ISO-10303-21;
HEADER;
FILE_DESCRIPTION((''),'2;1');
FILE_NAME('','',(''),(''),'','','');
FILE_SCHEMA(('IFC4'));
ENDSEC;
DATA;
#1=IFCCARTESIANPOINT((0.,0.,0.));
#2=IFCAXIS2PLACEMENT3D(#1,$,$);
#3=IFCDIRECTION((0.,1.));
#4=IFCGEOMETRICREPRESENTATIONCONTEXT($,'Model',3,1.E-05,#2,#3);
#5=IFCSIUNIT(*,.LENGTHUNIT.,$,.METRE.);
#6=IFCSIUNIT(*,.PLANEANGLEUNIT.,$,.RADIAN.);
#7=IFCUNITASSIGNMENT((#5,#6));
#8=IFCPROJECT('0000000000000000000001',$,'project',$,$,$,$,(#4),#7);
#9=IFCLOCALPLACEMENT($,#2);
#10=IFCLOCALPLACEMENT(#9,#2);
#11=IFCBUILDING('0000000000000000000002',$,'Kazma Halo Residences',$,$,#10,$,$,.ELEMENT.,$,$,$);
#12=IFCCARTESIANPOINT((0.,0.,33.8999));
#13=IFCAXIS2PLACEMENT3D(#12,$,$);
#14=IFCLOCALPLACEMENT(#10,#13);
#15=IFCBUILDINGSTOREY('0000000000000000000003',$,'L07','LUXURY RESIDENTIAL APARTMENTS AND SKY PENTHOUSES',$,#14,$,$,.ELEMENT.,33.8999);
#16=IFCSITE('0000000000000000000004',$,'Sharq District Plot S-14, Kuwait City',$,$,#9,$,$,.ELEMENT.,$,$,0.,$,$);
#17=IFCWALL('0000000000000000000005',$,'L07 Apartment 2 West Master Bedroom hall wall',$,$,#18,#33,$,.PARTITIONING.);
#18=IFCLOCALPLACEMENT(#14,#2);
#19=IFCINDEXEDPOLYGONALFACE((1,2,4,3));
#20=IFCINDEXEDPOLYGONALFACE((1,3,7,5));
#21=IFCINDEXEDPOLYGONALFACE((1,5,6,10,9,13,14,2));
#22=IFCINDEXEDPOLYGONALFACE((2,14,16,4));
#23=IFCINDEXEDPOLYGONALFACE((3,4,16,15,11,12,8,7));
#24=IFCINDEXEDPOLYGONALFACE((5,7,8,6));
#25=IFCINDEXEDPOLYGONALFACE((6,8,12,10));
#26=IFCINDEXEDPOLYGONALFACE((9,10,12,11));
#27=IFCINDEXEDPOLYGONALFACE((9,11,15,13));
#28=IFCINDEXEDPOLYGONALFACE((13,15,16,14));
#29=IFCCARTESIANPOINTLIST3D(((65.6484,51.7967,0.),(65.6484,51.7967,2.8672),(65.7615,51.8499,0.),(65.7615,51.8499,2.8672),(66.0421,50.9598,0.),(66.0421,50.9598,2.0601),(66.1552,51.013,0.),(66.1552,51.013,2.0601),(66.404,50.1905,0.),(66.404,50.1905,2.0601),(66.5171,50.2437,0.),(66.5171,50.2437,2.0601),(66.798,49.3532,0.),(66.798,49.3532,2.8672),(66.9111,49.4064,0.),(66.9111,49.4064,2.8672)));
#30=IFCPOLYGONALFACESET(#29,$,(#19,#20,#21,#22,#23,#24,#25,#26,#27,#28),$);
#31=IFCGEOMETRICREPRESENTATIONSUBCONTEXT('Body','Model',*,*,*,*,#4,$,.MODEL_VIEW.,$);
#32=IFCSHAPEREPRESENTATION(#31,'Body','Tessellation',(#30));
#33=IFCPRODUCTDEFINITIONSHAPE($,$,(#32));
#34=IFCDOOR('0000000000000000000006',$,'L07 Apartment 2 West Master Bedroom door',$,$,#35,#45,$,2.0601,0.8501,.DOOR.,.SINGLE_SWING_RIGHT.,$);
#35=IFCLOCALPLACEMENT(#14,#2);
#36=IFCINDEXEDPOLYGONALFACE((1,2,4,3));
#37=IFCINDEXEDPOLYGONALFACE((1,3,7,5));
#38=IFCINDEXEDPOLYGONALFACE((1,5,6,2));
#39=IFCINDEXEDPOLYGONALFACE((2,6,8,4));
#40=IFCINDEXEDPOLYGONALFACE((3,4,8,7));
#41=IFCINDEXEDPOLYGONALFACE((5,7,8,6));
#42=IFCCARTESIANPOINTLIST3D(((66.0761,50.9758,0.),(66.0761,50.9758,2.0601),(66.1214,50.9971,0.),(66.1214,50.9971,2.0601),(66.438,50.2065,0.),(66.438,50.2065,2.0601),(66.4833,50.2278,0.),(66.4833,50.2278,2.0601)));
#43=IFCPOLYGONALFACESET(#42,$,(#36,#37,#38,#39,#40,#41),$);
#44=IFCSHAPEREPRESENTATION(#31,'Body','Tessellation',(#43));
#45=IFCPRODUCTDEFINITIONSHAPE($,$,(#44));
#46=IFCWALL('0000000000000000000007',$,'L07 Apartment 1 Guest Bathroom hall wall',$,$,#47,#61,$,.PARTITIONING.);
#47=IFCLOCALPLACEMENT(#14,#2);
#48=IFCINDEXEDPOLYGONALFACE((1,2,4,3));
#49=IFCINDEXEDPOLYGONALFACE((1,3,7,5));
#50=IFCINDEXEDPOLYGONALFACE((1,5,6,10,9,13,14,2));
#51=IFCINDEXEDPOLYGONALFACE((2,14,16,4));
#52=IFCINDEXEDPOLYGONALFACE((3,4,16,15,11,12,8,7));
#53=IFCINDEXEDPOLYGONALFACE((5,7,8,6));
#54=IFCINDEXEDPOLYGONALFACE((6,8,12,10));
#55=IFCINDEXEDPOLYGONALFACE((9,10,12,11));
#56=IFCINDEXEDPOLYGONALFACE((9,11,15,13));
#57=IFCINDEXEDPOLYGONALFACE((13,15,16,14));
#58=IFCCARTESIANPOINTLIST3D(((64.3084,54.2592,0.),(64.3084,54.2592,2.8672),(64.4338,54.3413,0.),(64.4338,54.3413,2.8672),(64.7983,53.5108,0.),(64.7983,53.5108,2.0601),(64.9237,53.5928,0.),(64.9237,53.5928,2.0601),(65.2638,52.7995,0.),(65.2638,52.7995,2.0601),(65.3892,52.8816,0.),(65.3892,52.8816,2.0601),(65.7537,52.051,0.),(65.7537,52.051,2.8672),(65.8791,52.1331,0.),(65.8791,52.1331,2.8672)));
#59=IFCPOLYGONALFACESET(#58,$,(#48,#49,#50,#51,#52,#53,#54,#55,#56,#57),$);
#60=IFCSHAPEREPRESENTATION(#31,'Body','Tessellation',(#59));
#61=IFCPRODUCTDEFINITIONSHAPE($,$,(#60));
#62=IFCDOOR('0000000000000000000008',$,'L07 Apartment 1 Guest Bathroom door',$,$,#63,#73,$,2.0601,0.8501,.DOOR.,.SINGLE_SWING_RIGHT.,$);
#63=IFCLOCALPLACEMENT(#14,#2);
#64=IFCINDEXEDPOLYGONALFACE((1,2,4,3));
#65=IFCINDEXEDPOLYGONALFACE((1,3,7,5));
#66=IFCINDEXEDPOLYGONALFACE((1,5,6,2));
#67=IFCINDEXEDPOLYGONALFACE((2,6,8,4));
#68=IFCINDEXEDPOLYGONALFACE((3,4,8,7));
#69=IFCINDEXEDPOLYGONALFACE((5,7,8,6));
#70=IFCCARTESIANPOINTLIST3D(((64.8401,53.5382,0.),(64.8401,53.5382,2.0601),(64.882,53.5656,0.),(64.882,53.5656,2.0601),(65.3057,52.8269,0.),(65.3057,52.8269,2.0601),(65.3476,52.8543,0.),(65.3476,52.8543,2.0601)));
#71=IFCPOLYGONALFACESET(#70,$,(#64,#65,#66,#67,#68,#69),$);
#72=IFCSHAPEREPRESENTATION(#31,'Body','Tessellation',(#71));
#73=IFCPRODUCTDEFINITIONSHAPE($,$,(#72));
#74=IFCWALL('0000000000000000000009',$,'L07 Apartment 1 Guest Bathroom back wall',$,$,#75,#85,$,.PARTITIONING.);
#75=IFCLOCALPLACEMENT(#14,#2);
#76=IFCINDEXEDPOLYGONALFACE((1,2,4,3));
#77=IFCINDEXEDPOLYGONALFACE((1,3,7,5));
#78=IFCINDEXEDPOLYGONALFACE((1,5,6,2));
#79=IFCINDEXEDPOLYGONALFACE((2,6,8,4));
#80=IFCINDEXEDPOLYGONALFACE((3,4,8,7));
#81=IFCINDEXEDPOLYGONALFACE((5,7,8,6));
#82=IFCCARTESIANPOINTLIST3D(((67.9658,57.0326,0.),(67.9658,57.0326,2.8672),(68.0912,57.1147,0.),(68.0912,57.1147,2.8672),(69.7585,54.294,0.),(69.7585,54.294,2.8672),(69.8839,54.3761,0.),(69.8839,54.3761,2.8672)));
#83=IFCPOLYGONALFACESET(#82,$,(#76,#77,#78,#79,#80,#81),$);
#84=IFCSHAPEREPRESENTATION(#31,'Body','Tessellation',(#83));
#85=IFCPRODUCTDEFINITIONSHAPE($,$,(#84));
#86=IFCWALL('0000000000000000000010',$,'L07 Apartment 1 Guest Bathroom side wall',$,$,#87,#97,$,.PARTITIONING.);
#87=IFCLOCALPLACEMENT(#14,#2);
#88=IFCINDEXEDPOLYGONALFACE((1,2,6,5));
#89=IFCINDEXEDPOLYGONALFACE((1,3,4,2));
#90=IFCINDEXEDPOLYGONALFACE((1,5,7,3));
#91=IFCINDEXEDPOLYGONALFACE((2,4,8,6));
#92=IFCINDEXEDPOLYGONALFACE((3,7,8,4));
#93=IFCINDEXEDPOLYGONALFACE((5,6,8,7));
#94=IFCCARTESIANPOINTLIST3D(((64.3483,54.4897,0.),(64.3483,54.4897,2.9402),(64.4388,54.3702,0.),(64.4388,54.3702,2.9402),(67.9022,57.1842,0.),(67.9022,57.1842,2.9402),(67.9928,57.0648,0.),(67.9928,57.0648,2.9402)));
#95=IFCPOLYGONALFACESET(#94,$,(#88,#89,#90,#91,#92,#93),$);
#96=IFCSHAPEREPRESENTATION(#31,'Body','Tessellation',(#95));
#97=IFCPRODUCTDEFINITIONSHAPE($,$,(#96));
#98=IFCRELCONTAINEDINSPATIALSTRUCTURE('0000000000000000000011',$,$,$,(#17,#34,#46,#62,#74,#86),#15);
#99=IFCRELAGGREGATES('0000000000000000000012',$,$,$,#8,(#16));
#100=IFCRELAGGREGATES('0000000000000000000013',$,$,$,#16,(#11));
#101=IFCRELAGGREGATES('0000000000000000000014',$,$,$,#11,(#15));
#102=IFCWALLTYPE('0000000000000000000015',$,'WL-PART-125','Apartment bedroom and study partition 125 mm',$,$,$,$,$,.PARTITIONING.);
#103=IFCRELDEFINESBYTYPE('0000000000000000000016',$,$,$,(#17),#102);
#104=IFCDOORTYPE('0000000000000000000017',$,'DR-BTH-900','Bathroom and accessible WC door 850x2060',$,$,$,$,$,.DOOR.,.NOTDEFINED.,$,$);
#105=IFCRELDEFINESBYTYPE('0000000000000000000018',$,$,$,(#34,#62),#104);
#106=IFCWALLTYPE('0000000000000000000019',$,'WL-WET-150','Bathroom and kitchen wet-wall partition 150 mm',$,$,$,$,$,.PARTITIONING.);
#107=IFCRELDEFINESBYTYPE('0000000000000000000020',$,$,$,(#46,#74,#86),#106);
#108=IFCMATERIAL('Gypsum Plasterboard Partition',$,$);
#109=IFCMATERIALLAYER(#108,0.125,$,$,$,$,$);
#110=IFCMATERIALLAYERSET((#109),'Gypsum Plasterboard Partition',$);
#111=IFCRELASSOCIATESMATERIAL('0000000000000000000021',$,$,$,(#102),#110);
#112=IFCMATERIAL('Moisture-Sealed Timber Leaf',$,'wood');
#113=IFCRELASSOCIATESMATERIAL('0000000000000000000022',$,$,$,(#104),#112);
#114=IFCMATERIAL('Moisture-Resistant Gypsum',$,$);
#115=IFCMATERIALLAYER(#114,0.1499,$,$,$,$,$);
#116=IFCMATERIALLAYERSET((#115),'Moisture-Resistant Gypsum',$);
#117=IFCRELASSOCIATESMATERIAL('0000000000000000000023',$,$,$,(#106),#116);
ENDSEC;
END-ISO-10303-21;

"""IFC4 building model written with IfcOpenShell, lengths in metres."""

from ifc_helpers import new_model, si_unit, direction, frame, frame_2d, origin, place, context, subcontext, project, spatial, rectangle, extrude, material, layer, layer_set, type_object, element, fill, save


model = new_model("IFC4")

# Units and contexts
model_context = context("Model", 3, precision=1e-05, world=origin(), true_north=direction((0.0, 1.0)))
body_context = subcontext(model_context, "Body", "Model", "MODEL_VIEW")
ifc_project = project(units=[si_unit("LENGTHUNIT", "METRE"), si_unit("PLANEANGLEUNIT", "RADIAN")], contexts=[model_context])

# Site, building, storey
site_placement = place(None, origin())
site = spatial("IfcSite", under=ifc_project, at=site_placement, Name="Sharq District Plot S-14, Kuwait City", CompositionType="ELEMENT", RefElevation=0.0)
building_placement = place(site_placement, origin())
building = spatial("IfcBuilding", under=site, at=building_placement, Name="Kazma Halo Residences", CompositionType="ELEMENT")
storey_placement = place(building_placement, frame((0.0, 0.0, 33.8999)))
storey = spatial("IfcBuildingStorey", under=building, at=storey_placement, Name="L07", Description="LUXURY RESIDENTIAL APARTMENTS AND SKY PENTHOUSES", CompositionType="ELEMENT", Elevation=33.8999)

# Shared definitions
ifc_material_1 = material(Name="Gypsum Plasterboard Partition")
ifc_layer_1 = layer(ifc_material_1, 0.125)
ifc_layer_set_1 = layer_set([ifc_layer_1], Name="Gypsum Plasterboard Partition")
wall_type_1 = type_object("IfcWallType", Name="WL-PART-125", Description="Apartment bedroom and study partition 125 mm", PredefinedType="PARTITIONING", material=ifc_layer_set_1)
ifc_material_2 = material(Name="Moisture-Sealed Timber Leaf", Category="wood")
door_type = type_object("IfcDoorType", Name="DR-BTH-900", Description="Bathroom and accessible WC door 850x2060", OperationType="NOTDEFINED", PredefinedType="DOOR", material=ifc_material_2)

# Walls, openings, doors
wall_1_placement = place(storey_placement, frame((66.8545, 49.3799, 0.0), z_axis=(0.0, 0.0, 1.0), x_axis=(-0.425714, 0.904858, 0.0)))
wall_1 = element("IfcWall", 1, at=wall_1_placement, inside=storey, type_object=wall_type_1, Name="L07 Apartment 2 West Master Bedroom hall wall", PredefinedType="PARTITIONING", context=body_context, shape_type="SweptSolid", body=[
    extrude(rectangle(XDim=2.7004, YDim=0.125, at=frame_2d((1.3501, 0.0))), origin(), (0.0, 0.0, 1.0), 2.8672),
])
opening_1_placement = place(wall_1_placement, frame((0.9253, 0.0, 0.0)))
opening_1 = element("IfcOpeningElement", 2, at=opening_1_placement, cuts=wall_1, PredefinedType="OPENING", context=body_context, shape_type="SweptSolid", body=[
    extrude(rectangle(XDim=0.8501, YDim=2.0601, at=frame_2d((0.425, 1.03))), frame((0.0, 0.0725, 0.0), z_axis=(0.0, -1.0, 0.0), x_axis=(1.0, 0.0, 0.0)), (0.0, 0.0, 1.0), 0.145),
])
door_1_placement = place(opening_1_placement, origin())
door_1 = element("IfcDoor", 3, at=door_1_placement, inside=storey, type_object=door_type, Name="L07 Apartment 2 West Master Bedroom door", OperationType="SINGLE_SWING_RIGHT", OverallHeight=2.0601, OverallWidth=0.8501, PredefinedType="DOOR", context=body_context, shape_type="SweptSolid", body=[
    extrude(rectangle(XDim=0.8501, YDim=2.0601, at=frame_2d((0.425, 1.03))), frame((0.0, 0.0249, 0.0), z_axis=(0.0, -1.0, 0.0), x_axis=(1.0, 0.0, 0.0)), (0.0, 0.0, 1.0), 0.05),
])
fill(opening_1, door_1)
ifc_material_3 = material(Name="Moisture-Resistant Gypsum")
ifc_layer_2 = layer(ifc_material_3, 0.1499)
ifc_layer_set_2 = layer_set([ifc_layer_2], Name="Moisture-Resistant Gypsum")
wall_type_2 = type_object("IfcWallType", Name="WL-WET-150", Description="Bathroom and kitchen wet-wall partition 150 mm", PredefinedType="PARTITIONING", material=ifc_layer_set_2)
wall_2_placement = place(storey_placement, frame((65.8164, 52.092, 0.0), z_axis=(0.0, 0.0, 1.0), x_axis=(-0.547636, 0.836717, 0.0)))
wall_2 = element("IfcWall", 4, at=wall_2_placement, inside=storey, type_object=wall_type_2, Name="L07 Apartment 1 Guest Bathroom hall wall", PredefinedType="PARTITIONING", context=body_context, shape_type="SweptSolid", body=[
    extrude(rectangle(XDim=2.6392, YDim=0.1499, at=frame_2d((1.3196, 0.0))), origin(), (0.0, 0.0, 1.0), 2.8672),
])
opening_2_placement = place(wall_2_placement, frame((0.8945, 0.0, 0.0)))
opening_2 = element("IfcOpeningElement", 5, at=opening_2_placement, cuts=wall_2, PredefinedType="OPENING", context=body_context, shape_type="SweptSolid", body=[
    extrude(rectangle(XDim=0.8501, YDim=2.0601, at=frame_2d((0.425, 1.03))), frame((0.0, 0.085, 0.0), z_axis=(0.0, -1.0, 0.0), x_axis=(1.0, 0.0, 0.0)), (0.0, 0.0, 1.0), 0.1699),
])
door_2_placement = place(opening_2_placement, origin())
door_2 = element("IfcDoor", 6, at=door_2_placement, inside=storey, type_object=door_type, Name="L07 Apartment 1 Guest Bathroom door", OperationType="SINGLE_SWING_RIGHT", OverallHeight=2.0601, OverallWidth=0.8501, PredefinedType="DOOR", context=body_context, shape_type="SweptSolid", body=[
    extrude(rectangle(XDim=0.8501, YDim=2.0601, at=frame_2d((0.425, 1.03))), frame((0.0, 0.0249, 0.0), z_axis=(0.0, -1.0, 0.0), x_axis=(1.0, 0.0, 0.0)), (0.0, 0.0, 1.0), 0.05),
])
fill(opening_2, door_2)

# Walls
wall_3_placement = place(storey_placement, frame((69.8213, 54.335, 0.0), z_axis=(0.0, 0.0, 1.0), x_axis=(-0.547709, 0.836669, 0.0)))
element("IfcWall", 7, at=wall_3_placement, inside=storey, type_object=wall_type_2, Name="L07 Apartment 1 Guest Bathroom back wall", PredefinedType="PARTITIONING", context=body_context, shape_type="SweptSolid", body=[
    extrude(rectangle(XDim=3.2732, YDim=0.1499, at=frame_2d((1.6367, 0.0))), origin(), (0.0, 0.0, 1.0), 2.8672),
])
wall_4_placement = place(storey_placement, frame((64.3936, 54.4299, 0.0), z_axis=(0.0, 0.0, 1.0), x_axis=(0.796856, 0.60417, 0.0)))
element("IfcWall", 8, at=wall_4_placement, inside=storey, type_object=wall_type_2, Name="L07 Apartment 1 Guest Bathroom side wall", PredefinedType="PARTITIONING", context=body_context, shape_type="SweptSolid", body=[
    extrude(rectangle(XDim=4.46, YDim=0.1499, at=frame_2d((2.23, 0.0))), origin(), (0.0, 0.0, 1.0), 2.9402),
])

save(model, "model.ifc")
